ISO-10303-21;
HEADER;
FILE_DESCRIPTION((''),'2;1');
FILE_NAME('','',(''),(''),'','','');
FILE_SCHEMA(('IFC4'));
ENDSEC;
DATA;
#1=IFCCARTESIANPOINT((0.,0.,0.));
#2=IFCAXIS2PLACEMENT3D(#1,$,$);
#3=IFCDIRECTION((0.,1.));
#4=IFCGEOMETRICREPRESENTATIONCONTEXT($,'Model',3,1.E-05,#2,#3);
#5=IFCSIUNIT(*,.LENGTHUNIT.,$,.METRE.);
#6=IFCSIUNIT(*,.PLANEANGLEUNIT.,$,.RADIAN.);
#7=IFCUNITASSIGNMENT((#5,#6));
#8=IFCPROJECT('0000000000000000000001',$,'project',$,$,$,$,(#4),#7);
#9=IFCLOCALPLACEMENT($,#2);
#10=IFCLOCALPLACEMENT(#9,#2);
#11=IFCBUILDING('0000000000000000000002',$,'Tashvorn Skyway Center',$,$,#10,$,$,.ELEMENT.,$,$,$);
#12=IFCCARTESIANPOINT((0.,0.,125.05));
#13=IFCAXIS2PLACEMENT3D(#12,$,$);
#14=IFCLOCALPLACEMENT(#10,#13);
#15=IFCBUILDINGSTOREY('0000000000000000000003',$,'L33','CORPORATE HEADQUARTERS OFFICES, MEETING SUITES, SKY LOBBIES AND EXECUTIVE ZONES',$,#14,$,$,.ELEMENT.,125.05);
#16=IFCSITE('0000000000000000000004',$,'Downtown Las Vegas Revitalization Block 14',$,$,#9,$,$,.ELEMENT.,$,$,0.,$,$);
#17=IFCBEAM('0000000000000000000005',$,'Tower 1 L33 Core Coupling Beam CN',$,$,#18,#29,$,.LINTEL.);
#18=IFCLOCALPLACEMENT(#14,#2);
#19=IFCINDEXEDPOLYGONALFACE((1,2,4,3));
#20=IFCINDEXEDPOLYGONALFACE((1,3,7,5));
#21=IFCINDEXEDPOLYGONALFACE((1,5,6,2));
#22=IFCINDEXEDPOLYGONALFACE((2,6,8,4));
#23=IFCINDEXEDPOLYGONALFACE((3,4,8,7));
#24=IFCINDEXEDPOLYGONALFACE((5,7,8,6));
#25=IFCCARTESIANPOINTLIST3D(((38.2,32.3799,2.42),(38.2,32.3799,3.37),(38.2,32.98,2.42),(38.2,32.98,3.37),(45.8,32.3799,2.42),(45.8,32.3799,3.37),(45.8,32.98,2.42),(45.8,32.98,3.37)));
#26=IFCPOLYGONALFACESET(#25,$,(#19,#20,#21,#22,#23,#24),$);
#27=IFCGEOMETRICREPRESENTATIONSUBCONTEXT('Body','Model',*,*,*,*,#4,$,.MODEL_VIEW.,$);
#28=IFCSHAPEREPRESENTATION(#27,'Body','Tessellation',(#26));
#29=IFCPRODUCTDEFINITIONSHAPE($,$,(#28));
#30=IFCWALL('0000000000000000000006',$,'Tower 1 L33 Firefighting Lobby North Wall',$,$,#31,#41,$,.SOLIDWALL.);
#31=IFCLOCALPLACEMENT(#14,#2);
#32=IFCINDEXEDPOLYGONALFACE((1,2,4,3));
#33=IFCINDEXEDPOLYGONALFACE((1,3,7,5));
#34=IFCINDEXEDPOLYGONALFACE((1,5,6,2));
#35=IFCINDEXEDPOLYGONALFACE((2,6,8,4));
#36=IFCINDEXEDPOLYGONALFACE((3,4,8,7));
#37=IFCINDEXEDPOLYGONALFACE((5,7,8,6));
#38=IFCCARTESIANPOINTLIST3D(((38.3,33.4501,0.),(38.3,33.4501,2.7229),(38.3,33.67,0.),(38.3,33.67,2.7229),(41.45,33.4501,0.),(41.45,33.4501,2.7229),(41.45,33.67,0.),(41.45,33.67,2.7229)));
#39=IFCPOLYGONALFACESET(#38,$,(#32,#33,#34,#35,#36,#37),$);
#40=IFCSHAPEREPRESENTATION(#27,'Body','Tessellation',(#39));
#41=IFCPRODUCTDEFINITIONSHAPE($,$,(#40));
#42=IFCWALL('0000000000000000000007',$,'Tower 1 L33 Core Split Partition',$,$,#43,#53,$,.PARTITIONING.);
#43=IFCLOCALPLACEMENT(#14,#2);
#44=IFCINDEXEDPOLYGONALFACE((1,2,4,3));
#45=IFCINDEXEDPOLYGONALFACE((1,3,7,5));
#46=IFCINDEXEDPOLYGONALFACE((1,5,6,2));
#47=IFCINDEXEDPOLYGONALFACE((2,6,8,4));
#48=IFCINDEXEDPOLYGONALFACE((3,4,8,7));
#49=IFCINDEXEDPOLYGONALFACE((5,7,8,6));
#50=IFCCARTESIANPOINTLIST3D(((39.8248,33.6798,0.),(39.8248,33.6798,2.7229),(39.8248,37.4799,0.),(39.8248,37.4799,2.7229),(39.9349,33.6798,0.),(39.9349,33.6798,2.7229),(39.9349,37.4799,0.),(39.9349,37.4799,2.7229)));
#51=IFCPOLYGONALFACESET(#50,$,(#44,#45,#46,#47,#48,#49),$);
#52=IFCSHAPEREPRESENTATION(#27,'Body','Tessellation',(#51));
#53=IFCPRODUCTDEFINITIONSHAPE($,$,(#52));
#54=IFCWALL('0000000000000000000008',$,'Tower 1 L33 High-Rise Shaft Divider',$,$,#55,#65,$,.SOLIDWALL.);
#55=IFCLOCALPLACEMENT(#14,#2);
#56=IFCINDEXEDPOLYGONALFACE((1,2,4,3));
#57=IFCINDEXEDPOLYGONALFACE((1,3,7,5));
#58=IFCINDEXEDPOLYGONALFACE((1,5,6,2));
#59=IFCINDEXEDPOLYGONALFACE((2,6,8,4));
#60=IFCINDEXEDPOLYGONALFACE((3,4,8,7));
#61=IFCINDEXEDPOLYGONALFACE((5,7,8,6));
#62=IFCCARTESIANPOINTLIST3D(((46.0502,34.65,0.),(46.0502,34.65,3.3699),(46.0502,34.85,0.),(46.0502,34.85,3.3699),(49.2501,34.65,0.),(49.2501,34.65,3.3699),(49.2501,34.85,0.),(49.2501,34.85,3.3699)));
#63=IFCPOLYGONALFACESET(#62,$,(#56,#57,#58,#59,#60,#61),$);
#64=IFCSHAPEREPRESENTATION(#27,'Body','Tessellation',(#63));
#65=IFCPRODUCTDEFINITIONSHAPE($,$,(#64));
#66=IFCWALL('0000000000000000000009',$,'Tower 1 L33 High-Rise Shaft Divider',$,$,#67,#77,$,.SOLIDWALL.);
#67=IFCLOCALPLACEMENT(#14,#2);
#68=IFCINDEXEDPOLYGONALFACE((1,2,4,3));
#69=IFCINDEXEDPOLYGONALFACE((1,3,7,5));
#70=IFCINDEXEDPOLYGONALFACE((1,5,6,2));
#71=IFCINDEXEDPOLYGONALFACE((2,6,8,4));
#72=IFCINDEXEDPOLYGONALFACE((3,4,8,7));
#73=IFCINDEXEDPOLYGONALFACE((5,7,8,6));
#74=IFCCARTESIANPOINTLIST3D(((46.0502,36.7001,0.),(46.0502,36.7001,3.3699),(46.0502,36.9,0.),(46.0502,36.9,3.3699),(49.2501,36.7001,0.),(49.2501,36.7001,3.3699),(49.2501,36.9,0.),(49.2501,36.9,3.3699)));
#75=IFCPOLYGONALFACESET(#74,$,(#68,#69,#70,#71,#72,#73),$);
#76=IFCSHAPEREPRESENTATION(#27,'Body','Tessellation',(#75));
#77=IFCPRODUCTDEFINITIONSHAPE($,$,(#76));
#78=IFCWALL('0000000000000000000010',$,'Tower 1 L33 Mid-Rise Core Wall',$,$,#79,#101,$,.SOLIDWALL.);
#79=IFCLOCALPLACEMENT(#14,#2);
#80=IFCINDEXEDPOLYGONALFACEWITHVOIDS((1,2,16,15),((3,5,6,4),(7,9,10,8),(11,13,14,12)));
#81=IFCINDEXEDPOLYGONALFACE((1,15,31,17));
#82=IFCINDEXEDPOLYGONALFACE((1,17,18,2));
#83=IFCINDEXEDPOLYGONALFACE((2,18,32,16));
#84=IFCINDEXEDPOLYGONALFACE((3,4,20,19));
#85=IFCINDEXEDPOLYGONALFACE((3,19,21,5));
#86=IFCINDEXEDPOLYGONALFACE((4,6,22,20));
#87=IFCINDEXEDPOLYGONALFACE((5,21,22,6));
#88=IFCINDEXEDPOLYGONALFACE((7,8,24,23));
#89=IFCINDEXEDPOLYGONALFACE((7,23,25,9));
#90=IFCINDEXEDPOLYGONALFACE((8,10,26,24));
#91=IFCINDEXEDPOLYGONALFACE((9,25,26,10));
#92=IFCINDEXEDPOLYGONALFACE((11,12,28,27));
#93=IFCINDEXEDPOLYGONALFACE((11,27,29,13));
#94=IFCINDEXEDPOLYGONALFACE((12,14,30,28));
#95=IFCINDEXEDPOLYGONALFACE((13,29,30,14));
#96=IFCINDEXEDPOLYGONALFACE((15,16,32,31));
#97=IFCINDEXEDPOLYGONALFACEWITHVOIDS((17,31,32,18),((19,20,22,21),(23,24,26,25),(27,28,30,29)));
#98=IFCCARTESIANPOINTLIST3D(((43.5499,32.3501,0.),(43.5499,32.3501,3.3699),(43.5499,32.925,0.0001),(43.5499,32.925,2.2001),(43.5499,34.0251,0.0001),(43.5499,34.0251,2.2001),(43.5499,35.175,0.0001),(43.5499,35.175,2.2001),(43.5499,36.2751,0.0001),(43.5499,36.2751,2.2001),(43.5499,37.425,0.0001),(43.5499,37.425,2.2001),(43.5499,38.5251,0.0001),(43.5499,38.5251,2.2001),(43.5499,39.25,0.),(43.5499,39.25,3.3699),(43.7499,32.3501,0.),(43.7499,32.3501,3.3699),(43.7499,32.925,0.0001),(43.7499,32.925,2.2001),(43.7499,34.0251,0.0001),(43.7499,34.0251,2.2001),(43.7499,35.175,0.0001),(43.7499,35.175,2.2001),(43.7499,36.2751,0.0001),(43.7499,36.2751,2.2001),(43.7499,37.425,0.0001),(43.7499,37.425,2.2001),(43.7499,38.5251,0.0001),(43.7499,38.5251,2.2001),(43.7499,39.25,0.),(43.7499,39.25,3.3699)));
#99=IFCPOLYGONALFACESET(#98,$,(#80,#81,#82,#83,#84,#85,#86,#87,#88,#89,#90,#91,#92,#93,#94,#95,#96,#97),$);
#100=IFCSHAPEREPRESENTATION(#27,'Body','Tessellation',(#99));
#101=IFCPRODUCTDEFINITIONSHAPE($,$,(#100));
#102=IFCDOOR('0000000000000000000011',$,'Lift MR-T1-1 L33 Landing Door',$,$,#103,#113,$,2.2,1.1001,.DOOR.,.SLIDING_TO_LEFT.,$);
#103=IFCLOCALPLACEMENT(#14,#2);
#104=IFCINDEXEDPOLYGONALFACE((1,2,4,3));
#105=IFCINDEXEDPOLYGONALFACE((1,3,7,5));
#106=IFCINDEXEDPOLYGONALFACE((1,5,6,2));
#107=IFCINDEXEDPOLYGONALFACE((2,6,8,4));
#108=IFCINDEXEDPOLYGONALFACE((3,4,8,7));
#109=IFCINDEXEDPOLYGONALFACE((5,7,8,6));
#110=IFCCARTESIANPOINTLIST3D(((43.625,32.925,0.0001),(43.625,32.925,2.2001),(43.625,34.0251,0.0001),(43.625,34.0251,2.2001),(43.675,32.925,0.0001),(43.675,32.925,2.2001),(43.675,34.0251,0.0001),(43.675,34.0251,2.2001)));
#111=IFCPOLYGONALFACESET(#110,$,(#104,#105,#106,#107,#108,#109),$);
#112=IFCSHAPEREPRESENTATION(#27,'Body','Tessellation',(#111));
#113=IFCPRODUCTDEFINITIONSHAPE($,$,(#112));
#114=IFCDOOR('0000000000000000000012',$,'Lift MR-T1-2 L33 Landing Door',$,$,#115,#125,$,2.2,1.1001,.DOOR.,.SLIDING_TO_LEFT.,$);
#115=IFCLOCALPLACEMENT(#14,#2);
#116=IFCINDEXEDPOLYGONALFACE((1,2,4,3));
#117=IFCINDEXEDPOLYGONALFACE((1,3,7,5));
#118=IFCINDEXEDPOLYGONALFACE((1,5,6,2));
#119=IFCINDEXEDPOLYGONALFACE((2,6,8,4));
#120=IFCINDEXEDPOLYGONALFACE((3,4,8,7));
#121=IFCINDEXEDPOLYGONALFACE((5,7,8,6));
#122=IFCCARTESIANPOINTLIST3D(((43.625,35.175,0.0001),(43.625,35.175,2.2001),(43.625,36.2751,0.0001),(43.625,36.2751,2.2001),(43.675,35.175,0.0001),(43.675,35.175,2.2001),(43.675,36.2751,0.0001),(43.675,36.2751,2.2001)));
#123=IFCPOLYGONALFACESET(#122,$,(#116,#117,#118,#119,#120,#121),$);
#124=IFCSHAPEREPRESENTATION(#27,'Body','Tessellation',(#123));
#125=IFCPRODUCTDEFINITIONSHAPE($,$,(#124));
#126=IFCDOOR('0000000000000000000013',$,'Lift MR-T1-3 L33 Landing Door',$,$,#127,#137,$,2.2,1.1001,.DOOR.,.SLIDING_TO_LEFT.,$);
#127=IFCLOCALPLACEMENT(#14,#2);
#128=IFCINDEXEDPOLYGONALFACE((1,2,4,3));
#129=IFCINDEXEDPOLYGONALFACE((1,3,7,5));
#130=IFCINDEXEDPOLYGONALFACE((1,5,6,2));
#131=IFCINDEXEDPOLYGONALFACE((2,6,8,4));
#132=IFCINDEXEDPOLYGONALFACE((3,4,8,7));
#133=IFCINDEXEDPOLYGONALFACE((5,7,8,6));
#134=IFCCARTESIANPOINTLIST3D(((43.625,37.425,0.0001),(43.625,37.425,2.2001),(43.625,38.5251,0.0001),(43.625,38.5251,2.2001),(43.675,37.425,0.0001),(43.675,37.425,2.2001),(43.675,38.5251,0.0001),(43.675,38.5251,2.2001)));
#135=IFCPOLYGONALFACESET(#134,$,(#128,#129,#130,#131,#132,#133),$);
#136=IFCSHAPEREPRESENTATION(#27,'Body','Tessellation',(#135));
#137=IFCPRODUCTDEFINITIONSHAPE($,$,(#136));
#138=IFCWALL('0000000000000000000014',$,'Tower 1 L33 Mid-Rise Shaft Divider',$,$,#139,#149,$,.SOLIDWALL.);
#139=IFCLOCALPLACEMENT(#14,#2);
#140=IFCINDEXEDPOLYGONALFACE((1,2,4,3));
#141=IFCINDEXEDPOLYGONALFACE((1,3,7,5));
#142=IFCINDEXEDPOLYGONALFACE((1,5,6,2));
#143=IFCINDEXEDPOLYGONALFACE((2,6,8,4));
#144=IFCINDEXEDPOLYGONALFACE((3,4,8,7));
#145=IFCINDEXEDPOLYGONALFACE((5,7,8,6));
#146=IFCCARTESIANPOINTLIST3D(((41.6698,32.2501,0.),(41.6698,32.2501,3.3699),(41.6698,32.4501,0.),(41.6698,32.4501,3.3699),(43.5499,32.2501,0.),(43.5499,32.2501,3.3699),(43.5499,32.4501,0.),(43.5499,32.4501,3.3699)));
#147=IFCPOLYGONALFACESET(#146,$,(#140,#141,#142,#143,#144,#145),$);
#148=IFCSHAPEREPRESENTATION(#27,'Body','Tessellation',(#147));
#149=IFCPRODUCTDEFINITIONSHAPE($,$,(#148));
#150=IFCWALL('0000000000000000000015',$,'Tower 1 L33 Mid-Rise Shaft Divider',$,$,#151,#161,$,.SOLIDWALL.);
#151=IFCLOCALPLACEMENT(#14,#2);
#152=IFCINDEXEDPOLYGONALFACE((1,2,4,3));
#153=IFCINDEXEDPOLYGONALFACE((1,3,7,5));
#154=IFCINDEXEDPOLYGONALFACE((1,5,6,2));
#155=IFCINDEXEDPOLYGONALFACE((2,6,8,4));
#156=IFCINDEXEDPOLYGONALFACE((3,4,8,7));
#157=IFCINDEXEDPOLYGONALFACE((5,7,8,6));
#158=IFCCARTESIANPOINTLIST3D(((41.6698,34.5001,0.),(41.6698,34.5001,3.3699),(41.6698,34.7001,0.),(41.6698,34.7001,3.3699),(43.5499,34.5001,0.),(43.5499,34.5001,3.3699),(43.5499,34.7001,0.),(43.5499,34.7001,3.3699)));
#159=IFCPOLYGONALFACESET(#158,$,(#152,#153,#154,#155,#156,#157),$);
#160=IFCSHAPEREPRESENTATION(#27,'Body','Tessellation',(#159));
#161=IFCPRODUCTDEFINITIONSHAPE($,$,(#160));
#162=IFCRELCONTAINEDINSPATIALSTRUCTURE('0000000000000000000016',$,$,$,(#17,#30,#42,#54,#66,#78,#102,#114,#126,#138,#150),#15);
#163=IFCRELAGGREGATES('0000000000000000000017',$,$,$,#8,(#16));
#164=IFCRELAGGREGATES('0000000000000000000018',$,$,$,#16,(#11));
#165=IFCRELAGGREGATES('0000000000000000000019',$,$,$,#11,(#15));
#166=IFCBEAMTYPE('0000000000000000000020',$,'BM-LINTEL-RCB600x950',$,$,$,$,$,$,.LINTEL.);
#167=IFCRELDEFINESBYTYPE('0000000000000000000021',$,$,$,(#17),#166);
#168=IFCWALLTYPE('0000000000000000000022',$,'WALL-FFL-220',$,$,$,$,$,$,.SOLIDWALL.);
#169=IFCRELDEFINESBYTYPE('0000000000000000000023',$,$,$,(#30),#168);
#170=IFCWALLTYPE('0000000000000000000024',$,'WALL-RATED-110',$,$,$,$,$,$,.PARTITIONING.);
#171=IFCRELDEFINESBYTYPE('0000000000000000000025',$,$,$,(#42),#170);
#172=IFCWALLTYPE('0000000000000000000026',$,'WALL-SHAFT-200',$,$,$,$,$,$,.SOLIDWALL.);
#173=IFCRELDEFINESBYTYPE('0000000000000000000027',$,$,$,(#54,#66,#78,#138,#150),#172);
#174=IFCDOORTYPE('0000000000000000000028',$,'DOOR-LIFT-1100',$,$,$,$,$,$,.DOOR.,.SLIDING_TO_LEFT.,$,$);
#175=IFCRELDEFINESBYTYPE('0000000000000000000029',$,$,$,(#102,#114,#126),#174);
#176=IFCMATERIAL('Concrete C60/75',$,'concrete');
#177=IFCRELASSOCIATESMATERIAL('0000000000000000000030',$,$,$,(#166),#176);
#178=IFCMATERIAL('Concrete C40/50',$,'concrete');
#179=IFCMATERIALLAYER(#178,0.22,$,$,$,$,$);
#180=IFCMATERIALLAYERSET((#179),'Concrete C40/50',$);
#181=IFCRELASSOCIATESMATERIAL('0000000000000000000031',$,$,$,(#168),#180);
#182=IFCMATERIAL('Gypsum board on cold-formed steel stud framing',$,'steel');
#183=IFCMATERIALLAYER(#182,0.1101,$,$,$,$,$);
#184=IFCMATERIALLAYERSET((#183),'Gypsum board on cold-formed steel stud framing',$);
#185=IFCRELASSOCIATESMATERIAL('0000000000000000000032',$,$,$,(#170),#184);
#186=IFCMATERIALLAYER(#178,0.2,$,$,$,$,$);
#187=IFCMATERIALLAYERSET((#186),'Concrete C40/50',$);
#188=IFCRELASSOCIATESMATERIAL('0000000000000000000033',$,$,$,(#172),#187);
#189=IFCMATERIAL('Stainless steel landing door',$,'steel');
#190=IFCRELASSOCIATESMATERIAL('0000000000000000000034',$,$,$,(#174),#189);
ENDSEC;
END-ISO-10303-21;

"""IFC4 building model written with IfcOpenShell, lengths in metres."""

from ifc_helpers import new_model, si_unit, direction, frame, frame_2d, origin, origin_2d, place, context, subcontext, project, spatial, rectangle, extrude, material, layer, layer_set, material_profile, profile_set, type_object, element, fill, save


model = new_model("IFC4")

# Units and contexts
model_context = context("Model", 3, precision=1e-05, world=origin(), true_north=direction((0.0, 1.0)))
body_context = subcontext(model_context, "Body", "Model", "MODEL_VIEW")
ifc_project = project(units=[si_unit("LENGTHUNIT", "METRE"), si_unit("PLANEANGLEUNIT", "RADIAN")], contexts=[model_context])

# Site, building, storey
site_placement = place(None, origin())
site = spatial("IfcSite", under=ifc_project, at=site_placement, Name="Downtown Las Vegas Revitalization Block 14", CompositionType="ELEMENT", RefElevation=0.0)
building_placement = place(site_placement, origin())
building = spatial("IfcBuilding", under=site, at=building_placement, Name="Tashvorn Skyway Center", CompositionType="ELEMENT")
storey_placement = place(building_placement, frame((0.0, 0.0, 125.05)))
storey = spatial("IfcBuildingStorey", under=building, at=storey_placement, Name="L33", Description="CORPORATE HEADQUARTERS OFFICES, MEETING SUITES, SKY LOBBIES AND EXECUTIVE ZONES", CompositionType="ELEMENT", Elevation=125.05)

# Beam
ifc_material_1 = material(Name="Concrete C60/75", Category="concrete")
ifc_material_profile = material_profile(ifc_material_1, rectangle(XDim=0.6001, YDim=0.95, at=origin_2d()), Name="RCB600x950")
ifc_profile_set = profile_set([ifc_material_profile], Name="Concrete C60/75")
beam_type = type_object("IfcBeamType", Name="BM-LINTEL-RCB600x950", PredefinedType="LINTEL", material=ifc_profile_set)
beam_placement = place(storey_placement, frame((38.2, 32.6799, 2.895), z_axis=(1.0, 0.0, 0.0), x_axis=(0.0, 1.0, 0.0)))
element("IfcBeam", 1, at=beam_placement, inside=storey, type_object=beam_type, Name="Tower 1 L33 Core Coupling Beam CN", PredefinedType="LINTEL", context=body_context, shape_type="SweptSolid", body=[
    extrude(rectangle(XDim=0.6001, YDim=0.95, at=origin_2d()), origin(), (0.0, 0.0, 1.0), 7.6001),
])

# Walls
ifc_material_2 = material(Name="Concrete C40/50", Category="concrete")
ifc_layer_1 = layer(ifc_material_2, 0.22)
ifc_layer_set_1 = layer_set([ifc_layer_1], Name="Concrete C40/50")
wall_type_1 = type_object("IfcWallType", Name="WALL-FFL-220", PredefinedType="SOLIDWALL", material=ifc_layer_set_1)
wall_1_placement = place(storey_placement, frame((38.3, 33.5601, 0.0), z_axis=(0.0, 0.0, 1.0), x_axis=(1.0, 0.0, 0.0)))
element("IfcWall", 2, at=wall_1_placement, inside=storey, type_object=wall_type_1, Name="Tower 1 L33 Firefighting Lobby North Wall", PredefinedType="SOLIDWALL", context=body_context, shape_type="SweptSolid", body=[
    extrude(rectangle(XDim=3.1499, YDim=0.22, at=frame_2d((1.575, 0.0))), origin(), (0.0, 0.0, 1.0), 2.7229),
])
ifc_material_3 = material(Name="Gypsum board on cold-formed steel stud framing", Category="steel")
ifc_layer_2 = layer(ifc_material_3, 0.1101)
ifc_layer_set_2 = layer_set([ifc_layer_2], Name="Gypsum board on cold-formed steel stud framing")
wall_type_2 = type_object("IfcWallType", Name="WALL-RATED-110", PredefinedType="PARTITIONING", material=ifc_layer_set_2)
wall_2_placement = place(storey_placement, frame((39.8799, 33.6799, 0.0), z_axis=(0.0, 0.0, 1.0), x_axis=(0.0, 1.0, 0.0)))
element("IfcWall", 3, at=wall_2_placement, inside=storey, type_object=wall_type_2, Name="Tower 1 L33 Core Split Partition", PredefinedType="PARTITIONING", context=body_context, shape_type="SweptSolid", body=[
    extrude(rectangle(XDim=3.8, YDim=0.1101, at=frame_2d((1.8999, 0.0))), origin(), (0.0, 0.0, 1.0), 2.7229),
])
ifc_layer_3 = layer(ifc_material_2, 0.2)
ifc_layer_set_3 = layer_set([ifc_layer_3], Name="Concrete C40/50")
wall_type_3 = type_object("IfcWallType", Name="WALL-SHAFT-200", PredefinedType="SOLIDWALL", material=ifc_layer_set_3)
for number, where, z_axis, x_axis, name in (
    (4, (46.05, 34.75, 0.0), (0.0, 0.0, 1.0), (1.0, 0.0, 0.0), "Tower 1 L33 High-Rise Shaft Divider"),
    (5, (46.05, 36.8, 0.0), (0.0, 0.0, 1.0), (1.0, 0.0, 0.0), "Tower 1 L33 High-Rise Shaft Divider"),
):
    element("IfcWall", number, at=place(storey_placement, frame(where, z_axis=z_axis, x_axis=x_axis)), inside=storey, type_object=wall_type_3, Name=name, PredefinedType="SOLIDWALL", context=body_context, shape_type="SweptSolid", body=[
        extrude(rectangle(XDim=3.2, YDim=0.2, at=frame_2d((1.6001, 0.0))), origin(), (0.0, 0.0, 1.0), 3.3699),
    ])

# Wall, openings, doors
wall_3_placement = place(storey_placement, frame((43.6499, 32.3501, 0.0), z_axis=(0.0, 0.0, 1.0), x_axis=(0.0, 1.0, 0.0)))
wall_3 = element("IfcWall", 6, at=wall_3_placement, inside=storey, type_object=wall_type_3, Name="Tower 1 L33 Mid-Rise Core Wall", PredefinedType="SOLIDWALL", context=body_context, shape_type="SweptSolid", body=[
    extrude(rectangle(XDim=6.8999, YDim=0.2, at=frame_2d((3.45, 0.0))), origin(), (0.0, 0.0, 1.0), 3.3699),
])
opening_1_placement = place(wall_3_placement, frame((0.575, 0.0, 0.0)))
opening_1 = element("IfcOpeningElement", 7, at=opening_1_placement, cuts=wall_3, PredefinedType="OPENING", context=body_context, shape_type="SweptSolid", body=[
    extrude(rectangle(XDim=1.1001, YDim=2.2, at=frame_2d((0.55, 1.1001))), frame((0.0, 0.1099, 0.0), z_axis=(0.0, -1.0, 0.0), x_axis=(1.0, 0.0, 0.0)), (0.0, 0.0, 1.0), 0.22),
])
opening_2_placement = place(wall_3_placement, frame((2.825, 0.0, 0.0)))
opening_2 = element("IfcOpeningElement", 8, at=opening_2_placement, cuts=wall_3, PredefinedType="OPENING", context=body_context, shape_type="SweptSolid", body=[
    extrude(rectangle(XDim=1.1001, YDim=2.2, at=frame_2d((0.55, 1.1001))), frame((0.0, 0.1099, 0.0), z_axis=(0.0, -1.0, 0.0), x_axis=(1.0, 0.0, 0.0)), (0.0, 0.0, 1.0), 0.22),
])
opening_3_placement = place(wall_3_placement, frame((5.075, 0.0, 0.0)))
opening_3 = element("IfcOpeningElement", 9, at=opening_3_placement, cuts=wall_3, PredefinedType="OPENING", context=body_context, shape_type="SweptSolid", body=[
    extrude(rectangle(XDim=1.1001, YDim=2.2, at=frame_2d((0.55, 1.1001))), frame((0.0, 0.1099, 0.0), z_axis=(0.0, -1.0, 0.0), x_axis=(1.0, 0.0, 0.0)), (0.0, 0.0, 1.0), 0.22),
])
ifc_material_4 = material(Name="Stainless steel landing door", Category="steel")
door_type_1 = type_object("IfcDoorType", Name="DOOR-LIFT-1100", OperationType="SLIDING_TO_LEFT", PredefinedType="DOOR", material=ifc_material_4)
door_1_placement = place(opening_1_placement, origin())
door_1 = element("IfcDoor", 10, at=door_1_placement, inside=storey, type_object=door_type_1, Name="Lift MR-T1-1 L33 Landing Door", OperationType="SLIDING_TO_LEFT", OverallHeight=2.2, OverallWidth=1.1001, PredefinedType="DOOR", context=body_context, shape_type="SweptSolid", body=[
    extrude(rectangle(XDim=1.1001, YDim=2.2, at=frame_2d((0.55, 1.1001))), frame((0.0, 0.0249, 0.0), z_axis=(0.0, -1.0, 0.0), x_axis=(1.0, 0.0, 0.0)), (0.0, 0.0, 1.0), 0.05),
])
fill(opening_1, door_1)
door_2_placement = place(opening_2_placement, origin())
door_2 = element("IfcDoor", 11, at=door_2_placement, inside=storey, type_object=door_type_1, Name="Lift MR-T1-2 L33 Landing Door", OperationType="SLIDING_TO_LEFT", OverallHeight=2.2, OverallWidth=1.1001, PredefinedType="DOOR", context=body_context, shape_type="SweptSolid", body=[
    extrude(rectangle(XDim=1.1001, YDim=2.2, at=frame_2d((0.55, 1.1001))), frame((0.0, 0.0249, 0.0), z_axis=(0.0, -1.0, 0.0), x_axis=(1.0, 0.0, 0.0)), (0.0, 0.0, 1.0), 0.05),
])
fill(opening_2, door_2)
door_3_placement = place(opening_3_placement, origin())
door_3 = element("IfcDoor", 12, at=door_3_placement, inside=storey, type_object=door_type_1, Name="Lift MR-T1-3 L33 Landing Door", OperationType="SLIDING_TO_LEFT", OverallHeight=2.2, OverallWidth=1.1001, PredefinedType="DOOR", context=body_context, shape_type="SweptSolid", body=[
    extrude(rectangle(XDim=1.1001, YDim=2.2, at=frame_2d((0.55, 1.1001))), frame((0.0, 0.0249, 0.0), z_axis=(0.0, -1.0, 0.0), x_axis=(1.0, 0.0, 0.0)), (0.0, 0.0, 1.0), 0.05),
])
fill(opening_3, door_3)

# Walls
for number, where, z_axis, x_axis, name in (
    (13, (41.6699, 32.3501, 0.0), (0.0, 0.0, 1.0), (1.0, 0.0, 0.0), "Tower 1 L33 Mid-Rise Shaft Divider"),
    (14, (41.6699, 34.6001, 0.0), (0.0, 0.0, 1.0), (1.0, 0.0, 0.0), "Tower 1 L33 Mid-Rise Shaft Divider"),
):
    element("IfcWall", number, at=place(storey_placement, frame(where, z_axis=z_axis, x_axis=x_axis)), inside=storey, type_object=wall_type_3, Name=name, PredefinedType="SOLIDWALL", context=body_context, shape_type="SweptSolid", body=[
        extrude(rectangle(XDim=1.8801, YDim=0.2, at=frame_2d((0.9399, 0.0))), origin(), (0.0, 0.0, 1.0), 3.3699),
    ])

save(model, "model.ifc")
